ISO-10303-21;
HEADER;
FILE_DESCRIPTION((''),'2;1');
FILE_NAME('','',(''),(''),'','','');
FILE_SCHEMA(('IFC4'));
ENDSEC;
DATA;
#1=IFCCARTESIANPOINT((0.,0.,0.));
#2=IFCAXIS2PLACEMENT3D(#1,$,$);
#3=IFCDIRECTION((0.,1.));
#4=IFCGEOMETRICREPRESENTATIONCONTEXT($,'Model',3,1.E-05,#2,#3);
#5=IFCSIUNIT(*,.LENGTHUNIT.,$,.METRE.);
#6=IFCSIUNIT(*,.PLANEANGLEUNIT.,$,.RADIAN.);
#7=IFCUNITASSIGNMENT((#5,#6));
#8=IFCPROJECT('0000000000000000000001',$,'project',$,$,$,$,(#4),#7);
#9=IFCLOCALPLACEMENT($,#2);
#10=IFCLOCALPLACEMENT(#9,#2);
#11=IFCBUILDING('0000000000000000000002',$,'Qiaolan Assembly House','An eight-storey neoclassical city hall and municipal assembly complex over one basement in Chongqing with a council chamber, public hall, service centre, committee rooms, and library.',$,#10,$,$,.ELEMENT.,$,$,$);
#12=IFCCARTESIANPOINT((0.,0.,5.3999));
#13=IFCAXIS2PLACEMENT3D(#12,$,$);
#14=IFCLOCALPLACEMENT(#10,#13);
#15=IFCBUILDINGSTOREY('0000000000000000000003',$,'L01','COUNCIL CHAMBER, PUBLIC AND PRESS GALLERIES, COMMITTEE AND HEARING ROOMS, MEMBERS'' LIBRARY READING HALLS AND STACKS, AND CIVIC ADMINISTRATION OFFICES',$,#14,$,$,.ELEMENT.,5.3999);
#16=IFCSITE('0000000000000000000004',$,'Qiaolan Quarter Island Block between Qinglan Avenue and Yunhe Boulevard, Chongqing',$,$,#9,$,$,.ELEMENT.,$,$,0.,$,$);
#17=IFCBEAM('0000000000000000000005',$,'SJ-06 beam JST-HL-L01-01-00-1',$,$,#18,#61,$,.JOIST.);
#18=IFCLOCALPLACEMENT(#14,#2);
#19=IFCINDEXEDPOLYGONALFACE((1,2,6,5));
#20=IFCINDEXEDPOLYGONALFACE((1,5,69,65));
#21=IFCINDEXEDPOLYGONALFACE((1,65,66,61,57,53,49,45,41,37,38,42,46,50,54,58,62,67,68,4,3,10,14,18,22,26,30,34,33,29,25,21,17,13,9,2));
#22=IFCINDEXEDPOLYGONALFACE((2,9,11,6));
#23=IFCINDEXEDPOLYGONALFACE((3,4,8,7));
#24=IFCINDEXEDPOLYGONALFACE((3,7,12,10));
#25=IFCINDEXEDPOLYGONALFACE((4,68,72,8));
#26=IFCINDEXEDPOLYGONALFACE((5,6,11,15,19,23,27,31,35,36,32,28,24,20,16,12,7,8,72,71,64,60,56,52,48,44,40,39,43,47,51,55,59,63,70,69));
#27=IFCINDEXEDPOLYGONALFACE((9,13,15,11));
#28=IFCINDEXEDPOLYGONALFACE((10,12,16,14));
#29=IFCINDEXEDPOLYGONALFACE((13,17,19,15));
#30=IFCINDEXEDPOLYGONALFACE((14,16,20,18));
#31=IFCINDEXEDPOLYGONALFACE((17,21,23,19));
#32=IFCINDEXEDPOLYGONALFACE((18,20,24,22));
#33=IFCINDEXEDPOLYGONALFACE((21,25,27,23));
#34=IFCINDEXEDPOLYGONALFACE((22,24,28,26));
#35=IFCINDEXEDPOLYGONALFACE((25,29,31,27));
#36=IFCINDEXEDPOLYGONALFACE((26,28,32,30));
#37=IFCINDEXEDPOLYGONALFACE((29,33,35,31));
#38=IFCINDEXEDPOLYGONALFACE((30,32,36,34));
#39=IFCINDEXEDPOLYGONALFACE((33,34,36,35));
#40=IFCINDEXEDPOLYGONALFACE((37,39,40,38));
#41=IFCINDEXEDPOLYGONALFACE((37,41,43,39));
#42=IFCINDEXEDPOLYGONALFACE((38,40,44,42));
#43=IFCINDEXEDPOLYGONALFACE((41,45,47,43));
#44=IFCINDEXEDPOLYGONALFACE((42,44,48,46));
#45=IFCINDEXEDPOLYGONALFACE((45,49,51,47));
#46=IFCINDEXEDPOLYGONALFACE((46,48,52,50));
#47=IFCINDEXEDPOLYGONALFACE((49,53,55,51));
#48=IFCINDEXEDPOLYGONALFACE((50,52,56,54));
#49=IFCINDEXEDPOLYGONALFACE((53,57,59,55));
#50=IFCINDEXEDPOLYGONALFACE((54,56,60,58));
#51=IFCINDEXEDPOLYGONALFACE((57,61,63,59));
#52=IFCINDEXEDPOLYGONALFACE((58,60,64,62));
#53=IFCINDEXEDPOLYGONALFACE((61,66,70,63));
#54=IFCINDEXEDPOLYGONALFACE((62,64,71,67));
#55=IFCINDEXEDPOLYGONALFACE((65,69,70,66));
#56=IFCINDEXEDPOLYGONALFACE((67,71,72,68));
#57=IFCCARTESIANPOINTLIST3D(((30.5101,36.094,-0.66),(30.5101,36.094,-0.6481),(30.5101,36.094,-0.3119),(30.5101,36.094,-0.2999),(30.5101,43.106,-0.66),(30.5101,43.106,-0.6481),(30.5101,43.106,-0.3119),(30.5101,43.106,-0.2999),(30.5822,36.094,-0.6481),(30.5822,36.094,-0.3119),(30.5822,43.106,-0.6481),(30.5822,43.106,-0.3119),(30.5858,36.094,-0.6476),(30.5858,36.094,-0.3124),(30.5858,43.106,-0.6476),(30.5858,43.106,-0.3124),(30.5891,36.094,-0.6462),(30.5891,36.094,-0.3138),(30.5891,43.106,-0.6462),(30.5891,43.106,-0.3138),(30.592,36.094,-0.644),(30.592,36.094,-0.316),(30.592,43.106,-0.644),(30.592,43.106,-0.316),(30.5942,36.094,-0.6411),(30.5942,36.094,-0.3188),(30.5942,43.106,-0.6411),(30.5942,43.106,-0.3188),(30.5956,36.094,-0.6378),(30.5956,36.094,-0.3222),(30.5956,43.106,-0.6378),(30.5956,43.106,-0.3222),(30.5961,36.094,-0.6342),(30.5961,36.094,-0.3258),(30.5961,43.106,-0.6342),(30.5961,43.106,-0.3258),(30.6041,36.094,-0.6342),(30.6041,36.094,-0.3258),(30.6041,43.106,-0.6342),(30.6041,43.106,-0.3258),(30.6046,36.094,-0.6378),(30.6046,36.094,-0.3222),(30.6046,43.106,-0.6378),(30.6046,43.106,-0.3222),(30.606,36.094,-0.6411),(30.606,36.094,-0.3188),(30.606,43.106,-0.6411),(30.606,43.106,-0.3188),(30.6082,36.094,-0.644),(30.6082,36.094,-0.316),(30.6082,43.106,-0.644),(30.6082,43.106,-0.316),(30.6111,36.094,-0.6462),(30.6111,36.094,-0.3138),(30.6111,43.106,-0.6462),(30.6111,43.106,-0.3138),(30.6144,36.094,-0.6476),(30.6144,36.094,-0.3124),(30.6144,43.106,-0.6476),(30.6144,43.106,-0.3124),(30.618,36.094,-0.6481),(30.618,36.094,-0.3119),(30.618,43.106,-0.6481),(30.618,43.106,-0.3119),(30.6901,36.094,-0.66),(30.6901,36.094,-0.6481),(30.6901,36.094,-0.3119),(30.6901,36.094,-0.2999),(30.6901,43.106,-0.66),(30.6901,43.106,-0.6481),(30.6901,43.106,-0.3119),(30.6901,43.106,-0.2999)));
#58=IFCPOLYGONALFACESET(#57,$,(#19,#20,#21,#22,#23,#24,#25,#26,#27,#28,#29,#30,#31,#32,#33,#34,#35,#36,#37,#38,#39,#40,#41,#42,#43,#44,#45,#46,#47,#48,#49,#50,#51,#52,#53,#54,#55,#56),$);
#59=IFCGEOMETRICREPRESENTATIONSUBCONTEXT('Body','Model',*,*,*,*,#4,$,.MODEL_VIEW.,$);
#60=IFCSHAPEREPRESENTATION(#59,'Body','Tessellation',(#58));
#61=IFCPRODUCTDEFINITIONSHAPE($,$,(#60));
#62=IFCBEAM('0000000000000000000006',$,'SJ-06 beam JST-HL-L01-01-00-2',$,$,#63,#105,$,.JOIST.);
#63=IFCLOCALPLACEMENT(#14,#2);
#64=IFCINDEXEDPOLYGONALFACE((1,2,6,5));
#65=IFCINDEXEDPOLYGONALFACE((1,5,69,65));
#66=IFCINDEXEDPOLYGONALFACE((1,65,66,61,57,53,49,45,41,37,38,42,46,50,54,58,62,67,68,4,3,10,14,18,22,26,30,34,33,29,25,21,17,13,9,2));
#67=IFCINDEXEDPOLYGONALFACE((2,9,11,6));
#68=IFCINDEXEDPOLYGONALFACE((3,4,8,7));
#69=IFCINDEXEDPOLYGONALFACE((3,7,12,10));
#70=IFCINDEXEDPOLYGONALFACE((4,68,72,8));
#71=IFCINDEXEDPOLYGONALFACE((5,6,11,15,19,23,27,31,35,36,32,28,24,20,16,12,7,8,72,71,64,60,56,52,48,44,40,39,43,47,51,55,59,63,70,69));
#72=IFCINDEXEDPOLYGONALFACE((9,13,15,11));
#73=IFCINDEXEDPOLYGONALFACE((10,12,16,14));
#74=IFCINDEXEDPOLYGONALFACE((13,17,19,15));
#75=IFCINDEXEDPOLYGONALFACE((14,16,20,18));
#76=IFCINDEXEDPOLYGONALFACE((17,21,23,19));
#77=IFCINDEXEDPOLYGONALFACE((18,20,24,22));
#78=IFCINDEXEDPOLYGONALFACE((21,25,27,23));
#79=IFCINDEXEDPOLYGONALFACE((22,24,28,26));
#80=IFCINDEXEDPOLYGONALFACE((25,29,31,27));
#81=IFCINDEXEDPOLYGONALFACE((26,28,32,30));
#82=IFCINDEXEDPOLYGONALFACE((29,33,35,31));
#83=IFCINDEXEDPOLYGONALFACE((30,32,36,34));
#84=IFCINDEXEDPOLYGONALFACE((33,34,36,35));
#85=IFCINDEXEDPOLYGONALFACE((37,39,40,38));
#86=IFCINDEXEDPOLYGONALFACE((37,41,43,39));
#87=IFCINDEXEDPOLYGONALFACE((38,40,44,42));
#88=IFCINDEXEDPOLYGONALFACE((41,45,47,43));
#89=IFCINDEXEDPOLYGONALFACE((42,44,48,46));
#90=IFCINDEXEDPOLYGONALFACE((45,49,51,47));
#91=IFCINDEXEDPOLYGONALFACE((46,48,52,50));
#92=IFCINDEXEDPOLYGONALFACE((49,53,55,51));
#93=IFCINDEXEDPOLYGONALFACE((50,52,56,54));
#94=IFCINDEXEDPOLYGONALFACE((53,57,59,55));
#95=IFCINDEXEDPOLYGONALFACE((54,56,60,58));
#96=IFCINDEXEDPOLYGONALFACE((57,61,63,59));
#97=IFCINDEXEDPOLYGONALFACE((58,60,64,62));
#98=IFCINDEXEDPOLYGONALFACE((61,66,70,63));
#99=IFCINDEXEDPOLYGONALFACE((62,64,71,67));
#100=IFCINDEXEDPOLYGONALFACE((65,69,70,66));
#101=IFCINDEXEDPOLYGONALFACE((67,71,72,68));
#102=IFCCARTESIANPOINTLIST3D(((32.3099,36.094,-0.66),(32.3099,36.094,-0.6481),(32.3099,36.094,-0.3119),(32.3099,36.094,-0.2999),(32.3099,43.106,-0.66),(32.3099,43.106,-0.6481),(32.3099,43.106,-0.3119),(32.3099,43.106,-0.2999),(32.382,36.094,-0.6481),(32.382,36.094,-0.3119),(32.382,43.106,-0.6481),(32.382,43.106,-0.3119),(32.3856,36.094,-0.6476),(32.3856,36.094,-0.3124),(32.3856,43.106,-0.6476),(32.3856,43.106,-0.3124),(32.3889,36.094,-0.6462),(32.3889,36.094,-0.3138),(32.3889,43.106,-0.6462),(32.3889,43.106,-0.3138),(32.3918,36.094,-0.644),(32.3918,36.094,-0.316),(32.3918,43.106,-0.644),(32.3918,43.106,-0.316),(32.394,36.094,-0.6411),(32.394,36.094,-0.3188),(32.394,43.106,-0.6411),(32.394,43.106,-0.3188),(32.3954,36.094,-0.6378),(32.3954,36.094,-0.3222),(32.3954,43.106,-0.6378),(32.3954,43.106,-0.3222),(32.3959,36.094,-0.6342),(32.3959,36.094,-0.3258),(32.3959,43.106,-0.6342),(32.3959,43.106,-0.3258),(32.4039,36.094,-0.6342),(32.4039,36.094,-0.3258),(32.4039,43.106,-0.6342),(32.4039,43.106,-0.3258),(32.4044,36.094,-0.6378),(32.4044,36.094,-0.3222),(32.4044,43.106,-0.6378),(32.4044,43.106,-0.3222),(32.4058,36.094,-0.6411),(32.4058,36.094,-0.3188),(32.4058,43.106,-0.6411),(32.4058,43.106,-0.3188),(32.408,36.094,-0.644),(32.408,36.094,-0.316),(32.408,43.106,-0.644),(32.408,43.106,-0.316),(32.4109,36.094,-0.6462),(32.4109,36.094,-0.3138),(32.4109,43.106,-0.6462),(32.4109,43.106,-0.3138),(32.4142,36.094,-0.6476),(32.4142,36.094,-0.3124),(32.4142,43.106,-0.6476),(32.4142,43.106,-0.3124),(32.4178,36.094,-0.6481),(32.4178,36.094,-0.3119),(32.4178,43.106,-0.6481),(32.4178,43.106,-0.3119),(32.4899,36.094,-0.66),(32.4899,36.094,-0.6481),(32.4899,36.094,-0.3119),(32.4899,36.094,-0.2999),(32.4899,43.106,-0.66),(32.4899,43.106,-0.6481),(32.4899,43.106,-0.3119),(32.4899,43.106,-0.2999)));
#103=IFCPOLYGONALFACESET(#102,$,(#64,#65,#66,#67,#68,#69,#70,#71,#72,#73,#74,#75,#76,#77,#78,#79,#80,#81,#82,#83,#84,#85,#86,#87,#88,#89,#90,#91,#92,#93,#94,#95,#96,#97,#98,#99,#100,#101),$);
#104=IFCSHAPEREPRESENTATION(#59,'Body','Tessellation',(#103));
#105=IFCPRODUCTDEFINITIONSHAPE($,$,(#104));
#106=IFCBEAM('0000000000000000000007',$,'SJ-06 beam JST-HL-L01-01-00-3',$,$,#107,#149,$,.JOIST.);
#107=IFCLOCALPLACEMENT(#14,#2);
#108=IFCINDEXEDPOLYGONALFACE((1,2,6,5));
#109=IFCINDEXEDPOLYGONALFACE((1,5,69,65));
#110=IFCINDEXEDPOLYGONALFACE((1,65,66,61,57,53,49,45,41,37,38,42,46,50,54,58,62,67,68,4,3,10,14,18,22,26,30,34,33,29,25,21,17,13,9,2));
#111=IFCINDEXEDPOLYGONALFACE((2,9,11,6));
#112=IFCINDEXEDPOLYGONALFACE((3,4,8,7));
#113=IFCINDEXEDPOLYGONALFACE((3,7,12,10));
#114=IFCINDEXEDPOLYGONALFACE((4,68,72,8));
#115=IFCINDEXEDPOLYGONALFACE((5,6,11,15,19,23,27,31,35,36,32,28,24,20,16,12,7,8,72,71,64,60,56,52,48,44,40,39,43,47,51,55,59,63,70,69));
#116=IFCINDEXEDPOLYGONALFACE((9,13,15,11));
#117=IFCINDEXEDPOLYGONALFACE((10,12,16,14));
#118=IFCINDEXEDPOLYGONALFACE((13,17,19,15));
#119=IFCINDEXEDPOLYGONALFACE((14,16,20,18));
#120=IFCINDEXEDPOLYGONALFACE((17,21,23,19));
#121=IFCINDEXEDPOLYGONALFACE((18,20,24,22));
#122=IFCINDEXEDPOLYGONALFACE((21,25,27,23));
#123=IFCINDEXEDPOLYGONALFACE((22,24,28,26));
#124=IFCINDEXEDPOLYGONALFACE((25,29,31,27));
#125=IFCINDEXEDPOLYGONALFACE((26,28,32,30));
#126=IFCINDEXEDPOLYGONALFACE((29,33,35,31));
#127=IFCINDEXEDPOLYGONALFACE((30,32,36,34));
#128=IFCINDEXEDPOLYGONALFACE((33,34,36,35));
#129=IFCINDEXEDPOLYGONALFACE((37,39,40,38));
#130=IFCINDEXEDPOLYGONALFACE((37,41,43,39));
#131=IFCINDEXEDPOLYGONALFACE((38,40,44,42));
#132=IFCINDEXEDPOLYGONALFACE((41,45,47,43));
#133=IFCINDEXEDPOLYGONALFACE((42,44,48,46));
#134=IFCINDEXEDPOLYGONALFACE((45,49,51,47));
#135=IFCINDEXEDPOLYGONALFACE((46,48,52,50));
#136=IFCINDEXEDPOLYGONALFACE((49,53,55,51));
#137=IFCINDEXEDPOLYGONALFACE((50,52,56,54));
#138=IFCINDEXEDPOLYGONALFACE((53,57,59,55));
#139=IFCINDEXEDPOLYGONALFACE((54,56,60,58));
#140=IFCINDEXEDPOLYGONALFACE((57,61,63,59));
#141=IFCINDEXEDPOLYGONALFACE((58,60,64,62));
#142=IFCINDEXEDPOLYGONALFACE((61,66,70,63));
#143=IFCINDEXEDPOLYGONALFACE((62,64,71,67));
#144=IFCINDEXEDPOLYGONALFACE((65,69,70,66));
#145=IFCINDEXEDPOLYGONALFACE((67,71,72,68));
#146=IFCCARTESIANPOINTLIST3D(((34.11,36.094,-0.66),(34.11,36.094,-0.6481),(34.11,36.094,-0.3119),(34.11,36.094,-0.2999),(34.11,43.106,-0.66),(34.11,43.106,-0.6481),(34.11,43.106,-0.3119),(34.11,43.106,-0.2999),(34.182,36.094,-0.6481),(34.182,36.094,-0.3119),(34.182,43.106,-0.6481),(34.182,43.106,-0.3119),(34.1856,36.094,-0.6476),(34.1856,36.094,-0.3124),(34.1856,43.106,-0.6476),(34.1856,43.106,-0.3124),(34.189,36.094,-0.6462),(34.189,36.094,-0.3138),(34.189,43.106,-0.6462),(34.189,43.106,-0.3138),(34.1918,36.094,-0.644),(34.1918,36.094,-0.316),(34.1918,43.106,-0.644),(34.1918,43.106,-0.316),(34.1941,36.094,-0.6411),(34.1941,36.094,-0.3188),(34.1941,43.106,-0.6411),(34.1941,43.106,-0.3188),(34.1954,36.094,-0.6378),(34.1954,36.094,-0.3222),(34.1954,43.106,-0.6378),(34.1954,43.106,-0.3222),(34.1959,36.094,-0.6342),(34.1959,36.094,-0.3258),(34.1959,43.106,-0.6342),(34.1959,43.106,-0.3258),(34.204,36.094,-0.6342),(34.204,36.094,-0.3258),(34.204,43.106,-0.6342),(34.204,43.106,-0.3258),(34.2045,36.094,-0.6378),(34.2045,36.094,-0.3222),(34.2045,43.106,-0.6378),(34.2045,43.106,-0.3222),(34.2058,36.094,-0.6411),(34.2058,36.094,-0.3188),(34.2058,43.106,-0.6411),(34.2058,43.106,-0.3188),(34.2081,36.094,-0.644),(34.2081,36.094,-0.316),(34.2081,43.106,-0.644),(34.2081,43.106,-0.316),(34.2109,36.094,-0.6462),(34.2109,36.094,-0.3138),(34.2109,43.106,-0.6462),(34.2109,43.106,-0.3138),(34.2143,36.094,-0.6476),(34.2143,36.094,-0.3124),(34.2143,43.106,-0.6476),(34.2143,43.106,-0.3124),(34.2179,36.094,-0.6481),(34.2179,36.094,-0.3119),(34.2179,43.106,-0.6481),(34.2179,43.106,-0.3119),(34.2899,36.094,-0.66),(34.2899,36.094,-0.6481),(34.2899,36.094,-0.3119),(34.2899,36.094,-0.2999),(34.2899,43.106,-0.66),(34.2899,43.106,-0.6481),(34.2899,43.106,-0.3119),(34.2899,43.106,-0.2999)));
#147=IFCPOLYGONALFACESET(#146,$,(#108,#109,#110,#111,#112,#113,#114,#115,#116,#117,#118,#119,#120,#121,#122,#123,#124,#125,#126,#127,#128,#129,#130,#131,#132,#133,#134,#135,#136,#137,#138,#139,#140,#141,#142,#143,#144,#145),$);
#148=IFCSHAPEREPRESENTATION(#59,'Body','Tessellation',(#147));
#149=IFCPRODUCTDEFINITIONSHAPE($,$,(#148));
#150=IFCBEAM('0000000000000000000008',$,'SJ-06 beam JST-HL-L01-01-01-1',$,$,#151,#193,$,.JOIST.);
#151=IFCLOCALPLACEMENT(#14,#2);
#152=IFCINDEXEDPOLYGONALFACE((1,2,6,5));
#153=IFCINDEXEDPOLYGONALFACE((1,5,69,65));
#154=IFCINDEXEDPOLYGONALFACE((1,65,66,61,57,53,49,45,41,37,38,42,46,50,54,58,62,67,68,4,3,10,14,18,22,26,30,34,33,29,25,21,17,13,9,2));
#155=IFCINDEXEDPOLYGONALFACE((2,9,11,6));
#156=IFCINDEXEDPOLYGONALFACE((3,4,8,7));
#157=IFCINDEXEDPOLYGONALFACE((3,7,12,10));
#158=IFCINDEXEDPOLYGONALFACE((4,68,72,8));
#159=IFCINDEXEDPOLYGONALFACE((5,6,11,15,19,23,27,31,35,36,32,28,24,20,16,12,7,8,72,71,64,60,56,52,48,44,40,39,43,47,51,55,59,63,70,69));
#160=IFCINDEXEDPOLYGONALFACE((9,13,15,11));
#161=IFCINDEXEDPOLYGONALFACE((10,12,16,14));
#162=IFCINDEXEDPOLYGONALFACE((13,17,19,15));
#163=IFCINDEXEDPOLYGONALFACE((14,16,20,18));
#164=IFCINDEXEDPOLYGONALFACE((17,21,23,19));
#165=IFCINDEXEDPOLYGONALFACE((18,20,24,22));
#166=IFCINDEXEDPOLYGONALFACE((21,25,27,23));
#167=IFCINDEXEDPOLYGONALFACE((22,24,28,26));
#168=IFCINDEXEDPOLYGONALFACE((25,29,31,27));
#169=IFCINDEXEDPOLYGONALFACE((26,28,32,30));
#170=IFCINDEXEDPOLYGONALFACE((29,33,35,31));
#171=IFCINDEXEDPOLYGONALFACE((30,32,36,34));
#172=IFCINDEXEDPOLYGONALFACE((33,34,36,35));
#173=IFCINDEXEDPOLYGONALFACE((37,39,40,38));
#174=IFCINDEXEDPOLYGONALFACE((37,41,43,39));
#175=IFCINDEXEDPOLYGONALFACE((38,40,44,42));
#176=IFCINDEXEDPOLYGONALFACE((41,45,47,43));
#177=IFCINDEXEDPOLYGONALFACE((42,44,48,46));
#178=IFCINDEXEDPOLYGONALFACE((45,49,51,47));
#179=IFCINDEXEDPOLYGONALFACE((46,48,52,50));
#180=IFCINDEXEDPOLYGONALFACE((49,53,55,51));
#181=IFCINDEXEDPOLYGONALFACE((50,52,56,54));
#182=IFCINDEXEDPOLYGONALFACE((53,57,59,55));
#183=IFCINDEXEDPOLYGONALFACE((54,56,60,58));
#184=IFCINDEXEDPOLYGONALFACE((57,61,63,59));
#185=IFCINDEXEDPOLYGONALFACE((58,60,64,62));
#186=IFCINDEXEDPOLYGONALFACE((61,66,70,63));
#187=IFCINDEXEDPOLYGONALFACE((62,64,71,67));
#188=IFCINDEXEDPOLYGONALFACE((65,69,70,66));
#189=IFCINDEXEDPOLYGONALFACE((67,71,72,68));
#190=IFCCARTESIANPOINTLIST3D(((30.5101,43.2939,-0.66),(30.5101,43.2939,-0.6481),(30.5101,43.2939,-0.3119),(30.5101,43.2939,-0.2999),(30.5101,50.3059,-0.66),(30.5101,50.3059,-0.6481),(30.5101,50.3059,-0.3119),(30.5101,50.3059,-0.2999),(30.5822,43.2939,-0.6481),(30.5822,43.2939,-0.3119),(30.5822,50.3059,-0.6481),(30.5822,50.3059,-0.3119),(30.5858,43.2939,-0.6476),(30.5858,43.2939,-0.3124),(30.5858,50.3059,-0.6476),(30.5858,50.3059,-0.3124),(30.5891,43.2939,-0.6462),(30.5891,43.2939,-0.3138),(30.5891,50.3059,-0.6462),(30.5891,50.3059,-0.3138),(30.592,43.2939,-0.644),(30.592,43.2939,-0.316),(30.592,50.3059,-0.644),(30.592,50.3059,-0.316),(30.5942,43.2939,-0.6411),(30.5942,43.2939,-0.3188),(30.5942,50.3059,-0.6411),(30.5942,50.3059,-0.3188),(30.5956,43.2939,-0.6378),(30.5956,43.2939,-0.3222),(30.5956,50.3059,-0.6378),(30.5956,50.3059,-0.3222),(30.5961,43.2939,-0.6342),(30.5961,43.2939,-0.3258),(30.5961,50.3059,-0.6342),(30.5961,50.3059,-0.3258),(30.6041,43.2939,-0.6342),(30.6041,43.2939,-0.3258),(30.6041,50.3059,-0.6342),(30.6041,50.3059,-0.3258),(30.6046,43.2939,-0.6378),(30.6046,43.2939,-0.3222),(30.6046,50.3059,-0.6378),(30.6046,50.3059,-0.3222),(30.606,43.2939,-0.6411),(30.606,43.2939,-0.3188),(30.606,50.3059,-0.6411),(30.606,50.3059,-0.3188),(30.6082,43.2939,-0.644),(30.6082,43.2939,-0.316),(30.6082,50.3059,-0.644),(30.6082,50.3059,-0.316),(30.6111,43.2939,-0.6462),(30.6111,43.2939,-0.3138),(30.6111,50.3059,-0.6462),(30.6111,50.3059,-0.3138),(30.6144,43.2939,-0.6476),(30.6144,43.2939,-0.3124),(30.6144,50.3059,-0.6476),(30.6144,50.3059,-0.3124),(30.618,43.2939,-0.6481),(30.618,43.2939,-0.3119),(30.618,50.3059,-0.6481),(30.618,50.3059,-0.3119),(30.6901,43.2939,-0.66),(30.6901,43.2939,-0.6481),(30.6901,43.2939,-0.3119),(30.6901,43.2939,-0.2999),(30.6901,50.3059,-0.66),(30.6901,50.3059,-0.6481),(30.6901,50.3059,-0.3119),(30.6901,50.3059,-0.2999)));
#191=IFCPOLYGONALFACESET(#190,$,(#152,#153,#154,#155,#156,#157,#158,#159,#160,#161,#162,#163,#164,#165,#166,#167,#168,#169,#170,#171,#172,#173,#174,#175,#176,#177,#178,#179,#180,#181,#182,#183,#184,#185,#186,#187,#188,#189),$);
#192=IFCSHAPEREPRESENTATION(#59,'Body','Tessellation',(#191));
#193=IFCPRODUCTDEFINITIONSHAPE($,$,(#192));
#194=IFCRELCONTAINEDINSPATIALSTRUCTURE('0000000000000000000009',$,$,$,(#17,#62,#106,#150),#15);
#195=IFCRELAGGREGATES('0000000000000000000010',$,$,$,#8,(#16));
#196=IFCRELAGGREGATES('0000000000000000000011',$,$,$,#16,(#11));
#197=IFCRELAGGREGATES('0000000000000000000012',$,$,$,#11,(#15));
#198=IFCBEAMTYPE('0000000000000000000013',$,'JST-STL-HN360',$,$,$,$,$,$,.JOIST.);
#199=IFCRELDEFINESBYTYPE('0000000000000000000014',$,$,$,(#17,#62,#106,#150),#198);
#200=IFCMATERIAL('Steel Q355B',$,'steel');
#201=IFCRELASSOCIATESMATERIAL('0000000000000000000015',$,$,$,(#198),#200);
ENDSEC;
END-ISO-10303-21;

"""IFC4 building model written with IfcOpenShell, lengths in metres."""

from ifc_helpers import new_model, si_unit, direction, frame, origin, origin_2d, place, context, subcontext, project, spatial, i_section, extrude, material, material_profile, profile_set, type_object, element, save


model = new_model("IFC4")

# Units and contexts
model_context = context("Model", 3, precision=1e-05, world=origin(), true_north=direction((0.0, 1.0)))
body_context = subcontext(model_context, "Body", "Model", "MODEL_VIEW")
ifc_project = project(units=[si_unit("LENGTHUNIT", "METRE"), si_unit("PLANEANGLEUNIT", "RADIAN")], contexts=[model_context])

# Site, building, storey
site_placement = place(None, origin())
site = spatial("IfcSite", under=ifc_project, at=site_placement, Name="Qiaolan Quarter Island Block between Qinglan Avenue and Yunhe Boulevard, Chongqing", CompositionType="ELEMENT", RefElevation=0.0)
building_placement = place(site_placement, origin())
building = spatial("IfcBuilding", under=site, at=building_placement, Name="Qiaolan Assembly House", Description="An eight-storey neoclassical city hall and municipal assembly complex over one basement in Chongqing with a council chamber, public hall, service centre, committee rooms, and library.", CompositionType="ELEMENT")
storey_placement = place(building_placement, frame((0.0, 0.0, 5.3999)))
storey = spatial("IfcBuildingStorey", under=building, at=storey_placement, Name="L01", Description="COUNCIL CHAMBER, PUBLIC AND PRESS GALLERIES, COMMITTEE AND HEARING ROOMS, MEMBERS' LIBRARY READING HALLS AND STACKS, AND CIVIC ADMINISTRATION OFFICES", CompositionType="ELEMENT", Elevation=5.3999)

# Shared definitions
ifc_material_1 = material(Name="Steel Q355B", Category="steel")

# Beams
ifc_material_profile_1 = material_profile(ifc_material_1, i_section(OverallWidth=0.1799, OverallDepth=0.3601, WebThickness=0.0081, FlangeThickness=0.012, FilletRadius=0.0139, at=origin_2d()), Name="HN 360x180x8x12")
ifc_profile_set_1 = profile_set([ifc_material_profile_1], Name="Steel Q355B")
beam_type_1 = type_object("IfcBeamType", Name="JST-STL-HN360", PredefinedType="JOIST", material=ifc_profile_set_1)
for number, where, z_axis, x_axis, name in (
    (1, (30.6001, 36.094, -0.48), (0.0, 1.0, 0.0), (-1.0, 0.0, 0.0), "SJ-06 beam JST-HL-L01-01-00-1"),
    (2, (32.3999, 36.094, -0.48), (0.0, 1.0, 0.0), (-1.0, 0.0, 0.0), "SJ-06 beam JST-HL-L01-01-00-2"),
    (3, (34.2, 36.094, -0.48), (0.0, 1.0, 0.0), (-1.0, 0.0, 0.0), "SJ-06 beam JST-HL-L01-01-00-3"),
    (4, (30.6001, 43.2939, -0.48), (0.0, 1.0, 0.0), (-1.0, 0.0, 0.0), "SJ-06 beam JST-HL-L01-01-01-1"),
):
    element("IfcBeam", number, at=place(storey_placement, frame(where, z_axis=z_axis, x_axis=x_axis)), inside=storey, type_object=beam_type_1, Name=name, PredefinedType="JOIST", context=body_context, shape_type="SweptSolid", body=[
        extrude(i_section(OverallWidth=0.1799, OverallDepth=0.3601, WebThickness=0.0081, FlangeThickness=0.012, FilletRadius=0.0139, at=origin_2d()), origin(), (0.0, 0.0, 1.0), 7.012),
    ])

save(model, "model.ifc")
